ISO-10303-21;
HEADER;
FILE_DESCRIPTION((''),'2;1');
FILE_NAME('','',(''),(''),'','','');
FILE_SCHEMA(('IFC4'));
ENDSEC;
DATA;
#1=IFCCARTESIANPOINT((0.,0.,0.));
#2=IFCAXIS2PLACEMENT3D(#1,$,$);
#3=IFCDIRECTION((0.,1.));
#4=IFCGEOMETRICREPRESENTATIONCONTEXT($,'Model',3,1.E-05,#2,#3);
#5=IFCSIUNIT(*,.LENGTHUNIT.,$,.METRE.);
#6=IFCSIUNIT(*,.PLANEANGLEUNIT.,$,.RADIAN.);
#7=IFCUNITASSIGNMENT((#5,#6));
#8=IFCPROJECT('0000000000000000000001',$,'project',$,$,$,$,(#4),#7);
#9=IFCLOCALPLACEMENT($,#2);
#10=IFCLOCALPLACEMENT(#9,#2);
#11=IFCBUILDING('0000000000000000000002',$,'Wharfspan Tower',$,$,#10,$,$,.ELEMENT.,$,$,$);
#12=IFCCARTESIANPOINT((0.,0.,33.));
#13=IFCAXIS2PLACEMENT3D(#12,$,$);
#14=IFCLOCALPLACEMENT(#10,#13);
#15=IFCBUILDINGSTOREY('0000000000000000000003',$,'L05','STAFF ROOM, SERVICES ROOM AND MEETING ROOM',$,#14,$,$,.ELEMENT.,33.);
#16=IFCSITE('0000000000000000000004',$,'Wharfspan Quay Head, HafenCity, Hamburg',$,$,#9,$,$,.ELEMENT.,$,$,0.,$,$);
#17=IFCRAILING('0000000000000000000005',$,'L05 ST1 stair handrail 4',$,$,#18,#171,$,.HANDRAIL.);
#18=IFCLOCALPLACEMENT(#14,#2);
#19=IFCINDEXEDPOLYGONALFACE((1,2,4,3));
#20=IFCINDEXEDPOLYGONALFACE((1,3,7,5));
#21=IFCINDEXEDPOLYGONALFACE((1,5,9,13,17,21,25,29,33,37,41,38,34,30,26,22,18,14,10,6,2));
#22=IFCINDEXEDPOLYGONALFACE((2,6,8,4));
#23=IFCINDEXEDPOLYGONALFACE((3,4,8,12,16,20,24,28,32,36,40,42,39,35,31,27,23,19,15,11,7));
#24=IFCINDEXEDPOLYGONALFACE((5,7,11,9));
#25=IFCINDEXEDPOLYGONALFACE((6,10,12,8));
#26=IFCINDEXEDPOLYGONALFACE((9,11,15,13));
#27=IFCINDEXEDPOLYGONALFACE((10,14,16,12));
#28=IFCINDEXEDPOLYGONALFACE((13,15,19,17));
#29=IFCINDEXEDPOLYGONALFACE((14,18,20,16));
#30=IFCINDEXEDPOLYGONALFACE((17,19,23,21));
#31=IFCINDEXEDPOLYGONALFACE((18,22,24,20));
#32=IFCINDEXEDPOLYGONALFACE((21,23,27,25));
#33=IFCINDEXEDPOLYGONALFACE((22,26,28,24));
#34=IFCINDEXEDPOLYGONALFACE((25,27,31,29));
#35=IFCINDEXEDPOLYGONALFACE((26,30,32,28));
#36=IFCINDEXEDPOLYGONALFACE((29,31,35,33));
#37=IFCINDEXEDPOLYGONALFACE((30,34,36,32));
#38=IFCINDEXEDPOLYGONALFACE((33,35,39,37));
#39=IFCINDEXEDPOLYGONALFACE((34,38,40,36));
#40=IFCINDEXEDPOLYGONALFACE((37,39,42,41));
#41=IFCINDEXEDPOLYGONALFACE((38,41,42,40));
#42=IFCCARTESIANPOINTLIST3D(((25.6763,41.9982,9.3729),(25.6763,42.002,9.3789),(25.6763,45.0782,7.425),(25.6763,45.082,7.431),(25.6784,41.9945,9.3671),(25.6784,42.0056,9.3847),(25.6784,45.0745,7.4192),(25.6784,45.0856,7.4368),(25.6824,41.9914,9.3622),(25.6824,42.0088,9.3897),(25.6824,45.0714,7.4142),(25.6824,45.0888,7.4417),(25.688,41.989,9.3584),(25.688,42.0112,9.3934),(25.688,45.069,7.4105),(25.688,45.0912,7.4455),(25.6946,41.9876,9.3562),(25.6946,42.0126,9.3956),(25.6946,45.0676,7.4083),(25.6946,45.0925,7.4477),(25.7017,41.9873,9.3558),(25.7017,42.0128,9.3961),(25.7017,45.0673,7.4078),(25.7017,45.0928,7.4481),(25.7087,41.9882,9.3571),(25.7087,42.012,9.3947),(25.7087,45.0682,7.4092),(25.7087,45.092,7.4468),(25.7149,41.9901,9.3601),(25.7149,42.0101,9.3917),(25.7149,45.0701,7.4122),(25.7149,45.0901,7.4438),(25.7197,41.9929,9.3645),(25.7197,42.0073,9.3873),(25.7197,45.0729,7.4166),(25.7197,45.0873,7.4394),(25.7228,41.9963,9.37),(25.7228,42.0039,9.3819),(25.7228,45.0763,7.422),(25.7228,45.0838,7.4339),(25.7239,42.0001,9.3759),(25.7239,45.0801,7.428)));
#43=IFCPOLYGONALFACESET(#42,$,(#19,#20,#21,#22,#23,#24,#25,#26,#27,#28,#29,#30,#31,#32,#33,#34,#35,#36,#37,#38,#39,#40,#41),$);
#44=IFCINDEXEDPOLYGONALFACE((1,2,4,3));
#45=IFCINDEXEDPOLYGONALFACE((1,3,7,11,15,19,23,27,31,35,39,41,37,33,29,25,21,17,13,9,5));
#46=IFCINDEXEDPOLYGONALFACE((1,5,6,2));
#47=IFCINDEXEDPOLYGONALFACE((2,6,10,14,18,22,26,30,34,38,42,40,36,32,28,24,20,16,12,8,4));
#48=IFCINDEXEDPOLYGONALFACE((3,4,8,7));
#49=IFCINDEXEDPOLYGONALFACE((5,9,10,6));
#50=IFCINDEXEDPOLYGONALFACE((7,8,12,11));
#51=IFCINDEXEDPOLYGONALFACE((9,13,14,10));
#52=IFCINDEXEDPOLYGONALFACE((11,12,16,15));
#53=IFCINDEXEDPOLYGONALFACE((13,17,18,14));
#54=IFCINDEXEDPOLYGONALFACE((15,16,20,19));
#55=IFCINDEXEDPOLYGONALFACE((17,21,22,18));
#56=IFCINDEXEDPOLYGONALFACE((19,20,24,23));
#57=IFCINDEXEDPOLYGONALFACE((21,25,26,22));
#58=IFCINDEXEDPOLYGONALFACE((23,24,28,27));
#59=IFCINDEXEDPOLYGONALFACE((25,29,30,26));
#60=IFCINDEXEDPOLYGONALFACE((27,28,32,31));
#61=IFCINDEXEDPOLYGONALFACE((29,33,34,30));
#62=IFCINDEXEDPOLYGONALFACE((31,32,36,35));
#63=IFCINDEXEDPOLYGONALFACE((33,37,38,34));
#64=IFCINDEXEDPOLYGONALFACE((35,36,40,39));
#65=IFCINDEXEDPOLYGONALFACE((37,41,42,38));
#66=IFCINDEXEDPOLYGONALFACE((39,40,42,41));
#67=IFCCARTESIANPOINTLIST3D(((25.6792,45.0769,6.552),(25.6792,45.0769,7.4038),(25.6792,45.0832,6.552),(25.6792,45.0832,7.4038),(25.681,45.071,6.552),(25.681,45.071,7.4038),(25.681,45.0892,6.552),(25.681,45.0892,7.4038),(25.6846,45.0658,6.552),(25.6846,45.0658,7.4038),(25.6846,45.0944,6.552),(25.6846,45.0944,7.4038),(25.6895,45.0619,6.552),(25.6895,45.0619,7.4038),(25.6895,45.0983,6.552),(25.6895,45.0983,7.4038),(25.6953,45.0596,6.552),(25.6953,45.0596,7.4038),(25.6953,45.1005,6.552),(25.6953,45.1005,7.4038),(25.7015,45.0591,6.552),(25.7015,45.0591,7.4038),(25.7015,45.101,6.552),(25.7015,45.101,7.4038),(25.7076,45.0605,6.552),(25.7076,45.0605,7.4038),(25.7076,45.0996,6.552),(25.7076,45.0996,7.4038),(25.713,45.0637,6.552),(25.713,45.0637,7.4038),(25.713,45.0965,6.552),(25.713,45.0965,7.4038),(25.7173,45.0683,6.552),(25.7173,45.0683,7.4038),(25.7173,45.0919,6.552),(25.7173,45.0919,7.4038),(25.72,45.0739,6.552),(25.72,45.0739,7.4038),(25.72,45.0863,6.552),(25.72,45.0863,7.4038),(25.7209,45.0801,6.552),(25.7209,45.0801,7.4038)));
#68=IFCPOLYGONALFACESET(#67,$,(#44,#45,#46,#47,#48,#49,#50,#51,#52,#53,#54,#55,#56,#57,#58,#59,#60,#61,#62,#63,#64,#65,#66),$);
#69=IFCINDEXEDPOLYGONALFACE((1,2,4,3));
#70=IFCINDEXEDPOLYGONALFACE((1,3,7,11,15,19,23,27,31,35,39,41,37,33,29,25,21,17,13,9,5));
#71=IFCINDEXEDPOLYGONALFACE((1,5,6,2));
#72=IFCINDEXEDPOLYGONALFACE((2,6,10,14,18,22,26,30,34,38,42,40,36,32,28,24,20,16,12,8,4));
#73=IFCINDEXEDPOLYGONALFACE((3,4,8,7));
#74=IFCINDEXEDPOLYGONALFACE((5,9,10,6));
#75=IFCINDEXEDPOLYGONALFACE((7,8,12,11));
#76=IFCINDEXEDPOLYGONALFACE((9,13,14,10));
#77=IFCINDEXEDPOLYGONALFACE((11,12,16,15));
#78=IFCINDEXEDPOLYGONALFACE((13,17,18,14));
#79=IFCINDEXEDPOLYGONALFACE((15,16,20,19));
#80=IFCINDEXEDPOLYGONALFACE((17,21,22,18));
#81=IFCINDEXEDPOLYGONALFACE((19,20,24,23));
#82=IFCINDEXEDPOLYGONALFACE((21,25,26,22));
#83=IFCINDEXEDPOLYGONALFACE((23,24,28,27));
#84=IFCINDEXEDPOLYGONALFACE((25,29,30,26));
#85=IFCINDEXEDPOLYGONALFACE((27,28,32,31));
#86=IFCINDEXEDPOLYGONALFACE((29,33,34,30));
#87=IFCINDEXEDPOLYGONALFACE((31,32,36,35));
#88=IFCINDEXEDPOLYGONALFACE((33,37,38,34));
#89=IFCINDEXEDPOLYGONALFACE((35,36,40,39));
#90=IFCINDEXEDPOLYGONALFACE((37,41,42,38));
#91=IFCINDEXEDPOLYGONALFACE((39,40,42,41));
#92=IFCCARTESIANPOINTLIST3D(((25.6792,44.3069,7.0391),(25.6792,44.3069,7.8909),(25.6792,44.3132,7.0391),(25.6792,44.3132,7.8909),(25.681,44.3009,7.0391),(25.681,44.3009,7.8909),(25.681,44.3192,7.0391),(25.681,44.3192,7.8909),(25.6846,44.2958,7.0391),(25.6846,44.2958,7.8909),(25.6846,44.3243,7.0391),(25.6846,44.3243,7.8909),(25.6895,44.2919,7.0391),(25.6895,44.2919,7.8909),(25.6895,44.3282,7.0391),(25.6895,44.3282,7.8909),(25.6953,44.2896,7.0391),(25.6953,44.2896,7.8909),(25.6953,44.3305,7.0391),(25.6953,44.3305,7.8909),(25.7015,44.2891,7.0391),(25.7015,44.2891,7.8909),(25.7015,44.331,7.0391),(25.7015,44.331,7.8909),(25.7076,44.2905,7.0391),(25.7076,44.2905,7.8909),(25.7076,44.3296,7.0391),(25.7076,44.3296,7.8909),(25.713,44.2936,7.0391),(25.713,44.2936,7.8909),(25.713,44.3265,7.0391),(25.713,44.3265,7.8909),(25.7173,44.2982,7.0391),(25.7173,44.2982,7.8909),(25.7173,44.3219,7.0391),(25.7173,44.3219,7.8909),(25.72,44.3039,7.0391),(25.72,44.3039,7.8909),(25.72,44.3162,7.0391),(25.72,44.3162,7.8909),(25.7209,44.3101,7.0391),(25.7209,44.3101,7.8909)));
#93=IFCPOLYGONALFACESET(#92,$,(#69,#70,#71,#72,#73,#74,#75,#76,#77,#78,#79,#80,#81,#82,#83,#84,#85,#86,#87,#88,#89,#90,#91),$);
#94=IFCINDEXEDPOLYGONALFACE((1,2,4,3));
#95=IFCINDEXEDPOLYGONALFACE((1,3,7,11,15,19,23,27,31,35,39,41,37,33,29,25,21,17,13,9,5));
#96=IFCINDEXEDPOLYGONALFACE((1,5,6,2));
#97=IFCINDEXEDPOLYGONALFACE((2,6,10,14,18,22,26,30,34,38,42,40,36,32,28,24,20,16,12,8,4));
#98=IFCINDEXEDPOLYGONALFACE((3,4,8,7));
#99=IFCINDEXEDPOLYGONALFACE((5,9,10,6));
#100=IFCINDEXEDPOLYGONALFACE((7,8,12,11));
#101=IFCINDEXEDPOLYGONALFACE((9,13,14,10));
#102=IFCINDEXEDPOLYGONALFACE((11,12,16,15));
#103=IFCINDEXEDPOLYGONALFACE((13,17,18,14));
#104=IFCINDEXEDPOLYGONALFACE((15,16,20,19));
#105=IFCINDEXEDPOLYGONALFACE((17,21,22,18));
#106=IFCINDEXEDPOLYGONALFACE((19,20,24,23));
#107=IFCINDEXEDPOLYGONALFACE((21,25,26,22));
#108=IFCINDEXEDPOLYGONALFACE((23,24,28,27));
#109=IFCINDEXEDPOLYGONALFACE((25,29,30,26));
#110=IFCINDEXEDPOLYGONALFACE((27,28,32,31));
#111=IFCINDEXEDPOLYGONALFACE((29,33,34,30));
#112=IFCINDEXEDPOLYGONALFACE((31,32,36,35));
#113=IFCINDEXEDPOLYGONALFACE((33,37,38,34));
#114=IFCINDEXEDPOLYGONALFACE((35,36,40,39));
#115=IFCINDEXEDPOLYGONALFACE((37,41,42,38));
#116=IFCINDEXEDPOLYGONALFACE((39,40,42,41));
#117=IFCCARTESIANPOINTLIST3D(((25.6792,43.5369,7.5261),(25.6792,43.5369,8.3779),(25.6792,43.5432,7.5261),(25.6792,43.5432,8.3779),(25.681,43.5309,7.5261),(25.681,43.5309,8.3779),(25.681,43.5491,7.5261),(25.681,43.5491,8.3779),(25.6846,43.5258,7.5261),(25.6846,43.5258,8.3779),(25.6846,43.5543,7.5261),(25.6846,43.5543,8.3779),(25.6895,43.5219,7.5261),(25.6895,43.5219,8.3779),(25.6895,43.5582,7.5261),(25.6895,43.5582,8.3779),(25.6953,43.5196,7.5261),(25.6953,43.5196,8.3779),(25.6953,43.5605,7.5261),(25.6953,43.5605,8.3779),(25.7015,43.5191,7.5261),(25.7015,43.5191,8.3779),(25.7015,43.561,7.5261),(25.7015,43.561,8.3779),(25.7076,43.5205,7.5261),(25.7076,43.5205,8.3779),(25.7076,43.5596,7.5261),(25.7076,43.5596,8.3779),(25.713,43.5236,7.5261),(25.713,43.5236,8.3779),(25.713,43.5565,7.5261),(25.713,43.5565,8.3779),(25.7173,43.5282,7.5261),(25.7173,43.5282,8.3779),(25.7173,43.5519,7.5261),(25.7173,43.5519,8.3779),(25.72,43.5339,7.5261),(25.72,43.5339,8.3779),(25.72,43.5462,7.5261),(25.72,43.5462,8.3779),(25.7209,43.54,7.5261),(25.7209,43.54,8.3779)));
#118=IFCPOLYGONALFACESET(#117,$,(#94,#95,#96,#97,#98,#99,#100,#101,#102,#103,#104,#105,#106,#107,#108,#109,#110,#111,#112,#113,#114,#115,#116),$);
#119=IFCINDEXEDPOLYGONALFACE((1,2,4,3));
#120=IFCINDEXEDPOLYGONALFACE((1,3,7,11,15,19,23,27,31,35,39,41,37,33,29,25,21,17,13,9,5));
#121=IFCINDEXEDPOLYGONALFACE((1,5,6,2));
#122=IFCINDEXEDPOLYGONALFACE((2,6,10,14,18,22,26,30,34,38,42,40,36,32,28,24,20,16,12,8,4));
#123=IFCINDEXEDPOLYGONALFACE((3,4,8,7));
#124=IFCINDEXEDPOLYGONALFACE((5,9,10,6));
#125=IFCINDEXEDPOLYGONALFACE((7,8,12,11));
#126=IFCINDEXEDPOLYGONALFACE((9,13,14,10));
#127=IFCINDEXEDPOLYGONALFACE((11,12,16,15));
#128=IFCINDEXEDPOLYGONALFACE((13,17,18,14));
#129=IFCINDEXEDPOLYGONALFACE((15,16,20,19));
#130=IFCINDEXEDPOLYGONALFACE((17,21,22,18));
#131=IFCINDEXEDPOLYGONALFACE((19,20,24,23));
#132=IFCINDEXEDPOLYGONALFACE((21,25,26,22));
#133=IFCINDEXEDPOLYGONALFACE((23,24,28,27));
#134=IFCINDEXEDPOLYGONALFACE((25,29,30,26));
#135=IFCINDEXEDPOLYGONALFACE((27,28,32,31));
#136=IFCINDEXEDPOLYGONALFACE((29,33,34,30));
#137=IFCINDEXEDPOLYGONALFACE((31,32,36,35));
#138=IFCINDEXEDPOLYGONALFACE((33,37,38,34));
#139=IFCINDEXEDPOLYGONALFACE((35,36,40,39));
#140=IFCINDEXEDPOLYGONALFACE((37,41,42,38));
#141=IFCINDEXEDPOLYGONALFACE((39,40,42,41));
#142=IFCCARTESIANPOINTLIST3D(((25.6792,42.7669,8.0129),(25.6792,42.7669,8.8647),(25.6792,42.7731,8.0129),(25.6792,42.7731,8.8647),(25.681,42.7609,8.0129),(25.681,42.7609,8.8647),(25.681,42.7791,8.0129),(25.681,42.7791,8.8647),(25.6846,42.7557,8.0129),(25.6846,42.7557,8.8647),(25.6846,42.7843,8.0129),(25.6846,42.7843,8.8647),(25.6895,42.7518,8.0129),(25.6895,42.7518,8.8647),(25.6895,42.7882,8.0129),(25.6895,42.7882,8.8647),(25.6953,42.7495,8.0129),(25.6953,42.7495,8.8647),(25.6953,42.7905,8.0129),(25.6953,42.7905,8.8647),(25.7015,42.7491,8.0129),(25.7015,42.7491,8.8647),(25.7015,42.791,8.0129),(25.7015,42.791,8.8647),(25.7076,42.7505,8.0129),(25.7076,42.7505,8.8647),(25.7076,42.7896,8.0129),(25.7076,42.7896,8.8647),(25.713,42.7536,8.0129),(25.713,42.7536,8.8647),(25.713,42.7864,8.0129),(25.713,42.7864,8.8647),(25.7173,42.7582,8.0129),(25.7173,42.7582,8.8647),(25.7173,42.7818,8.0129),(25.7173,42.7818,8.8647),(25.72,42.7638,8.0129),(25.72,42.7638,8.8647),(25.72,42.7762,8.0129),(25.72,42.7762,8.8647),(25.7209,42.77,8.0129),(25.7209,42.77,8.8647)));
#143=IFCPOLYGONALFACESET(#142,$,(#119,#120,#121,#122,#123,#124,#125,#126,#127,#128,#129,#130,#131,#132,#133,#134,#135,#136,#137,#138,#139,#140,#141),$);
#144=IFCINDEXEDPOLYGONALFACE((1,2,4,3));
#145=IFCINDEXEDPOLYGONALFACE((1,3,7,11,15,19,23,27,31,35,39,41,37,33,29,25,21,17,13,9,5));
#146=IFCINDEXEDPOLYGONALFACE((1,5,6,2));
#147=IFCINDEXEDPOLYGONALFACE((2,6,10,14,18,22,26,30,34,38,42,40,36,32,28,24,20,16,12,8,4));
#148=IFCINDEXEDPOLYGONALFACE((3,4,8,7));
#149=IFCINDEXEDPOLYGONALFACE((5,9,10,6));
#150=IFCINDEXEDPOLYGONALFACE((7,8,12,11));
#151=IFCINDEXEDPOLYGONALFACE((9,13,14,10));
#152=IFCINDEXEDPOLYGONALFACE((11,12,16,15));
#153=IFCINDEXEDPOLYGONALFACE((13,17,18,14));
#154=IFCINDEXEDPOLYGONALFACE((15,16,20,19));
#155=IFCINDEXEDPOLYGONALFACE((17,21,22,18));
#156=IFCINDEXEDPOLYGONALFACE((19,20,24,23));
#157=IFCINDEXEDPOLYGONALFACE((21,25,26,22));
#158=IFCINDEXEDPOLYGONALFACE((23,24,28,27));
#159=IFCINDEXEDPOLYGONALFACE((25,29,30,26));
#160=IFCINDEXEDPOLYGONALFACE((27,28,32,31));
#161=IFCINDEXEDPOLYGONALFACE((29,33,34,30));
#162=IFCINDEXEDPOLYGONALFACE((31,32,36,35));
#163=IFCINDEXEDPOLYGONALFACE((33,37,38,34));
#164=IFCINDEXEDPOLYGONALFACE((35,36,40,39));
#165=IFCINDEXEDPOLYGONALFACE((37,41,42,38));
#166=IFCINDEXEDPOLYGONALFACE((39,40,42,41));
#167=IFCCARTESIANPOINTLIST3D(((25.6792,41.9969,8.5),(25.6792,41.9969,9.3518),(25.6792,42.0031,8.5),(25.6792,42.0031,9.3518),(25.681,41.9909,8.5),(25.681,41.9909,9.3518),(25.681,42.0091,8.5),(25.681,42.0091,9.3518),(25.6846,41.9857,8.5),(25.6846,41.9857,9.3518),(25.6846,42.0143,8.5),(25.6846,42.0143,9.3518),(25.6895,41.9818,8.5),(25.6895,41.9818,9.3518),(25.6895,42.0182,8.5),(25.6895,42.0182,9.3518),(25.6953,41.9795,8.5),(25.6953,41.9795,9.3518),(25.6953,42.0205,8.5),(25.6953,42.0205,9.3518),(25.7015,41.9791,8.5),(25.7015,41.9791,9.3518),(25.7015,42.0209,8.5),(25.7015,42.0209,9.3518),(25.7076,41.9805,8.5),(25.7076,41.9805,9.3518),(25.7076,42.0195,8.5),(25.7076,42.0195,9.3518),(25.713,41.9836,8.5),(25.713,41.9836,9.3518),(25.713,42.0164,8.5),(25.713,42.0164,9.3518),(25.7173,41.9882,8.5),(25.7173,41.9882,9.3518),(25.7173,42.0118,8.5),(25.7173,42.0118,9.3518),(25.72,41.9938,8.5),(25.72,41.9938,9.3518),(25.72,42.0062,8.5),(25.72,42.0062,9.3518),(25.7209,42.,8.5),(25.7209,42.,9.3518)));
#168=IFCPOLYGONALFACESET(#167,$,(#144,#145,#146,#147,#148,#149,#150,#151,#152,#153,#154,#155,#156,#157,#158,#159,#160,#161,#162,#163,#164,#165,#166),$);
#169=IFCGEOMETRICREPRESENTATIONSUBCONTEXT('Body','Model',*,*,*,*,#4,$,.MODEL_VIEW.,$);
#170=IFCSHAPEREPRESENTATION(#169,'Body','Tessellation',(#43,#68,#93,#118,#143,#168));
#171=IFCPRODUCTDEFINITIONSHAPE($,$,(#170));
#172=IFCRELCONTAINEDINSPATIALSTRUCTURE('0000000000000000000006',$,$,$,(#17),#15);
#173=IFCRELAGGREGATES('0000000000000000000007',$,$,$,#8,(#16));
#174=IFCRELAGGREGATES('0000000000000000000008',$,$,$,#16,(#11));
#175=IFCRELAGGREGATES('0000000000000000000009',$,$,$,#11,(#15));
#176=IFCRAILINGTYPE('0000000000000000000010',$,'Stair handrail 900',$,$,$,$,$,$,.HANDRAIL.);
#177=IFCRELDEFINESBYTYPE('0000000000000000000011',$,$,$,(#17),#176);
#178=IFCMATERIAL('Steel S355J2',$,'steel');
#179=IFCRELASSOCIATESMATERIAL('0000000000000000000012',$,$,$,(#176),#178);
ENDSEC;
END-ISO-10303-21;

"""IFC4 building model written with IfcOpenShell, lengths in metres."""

from ifc_helpers import new_model, si_unit, direction, frame, origin, origin_2d, place, context, subcontext, project, spatial, circle, extrude, material, type_object, element, save


model = new_model("IFC4")

# Units and contexts
model_context = context("Model", 3, precision=1e-05, world=origin(), true_north=direction((0.0, 1.0)))
body_context = subcontext(model_context, "Body", "Model", "MODEL_VIEW")
ifc_project = project(units=[si_unit("LENGTHUNIT", "METRE"), si_unit("PLANEANGLEUNIT", "RADIAN")], contexts=[model_context])

# Site, building, storey
site_placement = place(None, origin())
site = spatial("IfcSite", under=ifc_project, at=site_placement, Name="Wharfspan Quay Head, HafenCity, Hamburg", CompositionType="ELEMENT", RefElevation=0.0)
building_placement = place(site_placement, origin())
building = spatial("IfcBuilding", under=site, at=building_placement, Name="Wharfspan Tower", CompositionType="ELEMENT")
storey_placement = place(building_placement, frame((0.0, 0.0, 33.0)))
storey = spatial("IfcBuildingStorey", under=building, at=storey_placement, Name="L05", Description="STAFF ROOM, SERVICES ROOM AND MEETING ROOM", CompositionType="ELEMENT", Elevation=33.0)

# Railing
ifc_material_1 = material(Name="Steel S355J2", Category="steel")
railing_type_1 = type_object("IfcRailingType", Name="Stair handrail 900", PredefinedType="HANDRAIL", material=ifc_material_1)
railing_1_placement = place(storey_placement, frame((25.7, 45.0801, 6.552)))
element("IfcRailing", 1, at=railing_1_placement, inside=storey, type_object=railing_type_1, Name="L05 ST1 stair handrail 4", PredefinedType="HANDRAIL", context=body_context, shape_type="SweptSolid", body=[
    extrude(circle(Radius=0.0239, at=origin_2d()), frame((0.0, 0.0, 0.876), z_axis=(0.0, -0.845156, 0.53452), x_axis=(1.0, 0.0, 0.0)), (0.0, 0.0, 1.0), 3.6443),
    extrude(circle(Radius=0.021, at=origin_2d()), origin(), (0.0, 0.0, 1.0), 0.8518),
    extrude(circle(Radius=0.021, at=origin_2d()), frame((0.0, -0.77, 0.4871)), (0.0, 0.0, 1.0), 0.8518),
    extrude(circle(Radius=0.021, at=origin_2d()), frame((0.0, -1.54, 0.9741)), (0.0, 0.0, 1.0), 0.8518),
    extrude(circle(Radius=0.021, at=origin_2d()), frame((0.0, -2.3101, 1.4609)), (0.0, 0.0, 1.0), 0.8518),
    extrude(circle(Radius=0.021, at=origin_2d()), frame((0.0, -3.0801, 1.948)), (0.0, 0.0, 1.0), 0.8518),
])

save(model, "model.ifc")
